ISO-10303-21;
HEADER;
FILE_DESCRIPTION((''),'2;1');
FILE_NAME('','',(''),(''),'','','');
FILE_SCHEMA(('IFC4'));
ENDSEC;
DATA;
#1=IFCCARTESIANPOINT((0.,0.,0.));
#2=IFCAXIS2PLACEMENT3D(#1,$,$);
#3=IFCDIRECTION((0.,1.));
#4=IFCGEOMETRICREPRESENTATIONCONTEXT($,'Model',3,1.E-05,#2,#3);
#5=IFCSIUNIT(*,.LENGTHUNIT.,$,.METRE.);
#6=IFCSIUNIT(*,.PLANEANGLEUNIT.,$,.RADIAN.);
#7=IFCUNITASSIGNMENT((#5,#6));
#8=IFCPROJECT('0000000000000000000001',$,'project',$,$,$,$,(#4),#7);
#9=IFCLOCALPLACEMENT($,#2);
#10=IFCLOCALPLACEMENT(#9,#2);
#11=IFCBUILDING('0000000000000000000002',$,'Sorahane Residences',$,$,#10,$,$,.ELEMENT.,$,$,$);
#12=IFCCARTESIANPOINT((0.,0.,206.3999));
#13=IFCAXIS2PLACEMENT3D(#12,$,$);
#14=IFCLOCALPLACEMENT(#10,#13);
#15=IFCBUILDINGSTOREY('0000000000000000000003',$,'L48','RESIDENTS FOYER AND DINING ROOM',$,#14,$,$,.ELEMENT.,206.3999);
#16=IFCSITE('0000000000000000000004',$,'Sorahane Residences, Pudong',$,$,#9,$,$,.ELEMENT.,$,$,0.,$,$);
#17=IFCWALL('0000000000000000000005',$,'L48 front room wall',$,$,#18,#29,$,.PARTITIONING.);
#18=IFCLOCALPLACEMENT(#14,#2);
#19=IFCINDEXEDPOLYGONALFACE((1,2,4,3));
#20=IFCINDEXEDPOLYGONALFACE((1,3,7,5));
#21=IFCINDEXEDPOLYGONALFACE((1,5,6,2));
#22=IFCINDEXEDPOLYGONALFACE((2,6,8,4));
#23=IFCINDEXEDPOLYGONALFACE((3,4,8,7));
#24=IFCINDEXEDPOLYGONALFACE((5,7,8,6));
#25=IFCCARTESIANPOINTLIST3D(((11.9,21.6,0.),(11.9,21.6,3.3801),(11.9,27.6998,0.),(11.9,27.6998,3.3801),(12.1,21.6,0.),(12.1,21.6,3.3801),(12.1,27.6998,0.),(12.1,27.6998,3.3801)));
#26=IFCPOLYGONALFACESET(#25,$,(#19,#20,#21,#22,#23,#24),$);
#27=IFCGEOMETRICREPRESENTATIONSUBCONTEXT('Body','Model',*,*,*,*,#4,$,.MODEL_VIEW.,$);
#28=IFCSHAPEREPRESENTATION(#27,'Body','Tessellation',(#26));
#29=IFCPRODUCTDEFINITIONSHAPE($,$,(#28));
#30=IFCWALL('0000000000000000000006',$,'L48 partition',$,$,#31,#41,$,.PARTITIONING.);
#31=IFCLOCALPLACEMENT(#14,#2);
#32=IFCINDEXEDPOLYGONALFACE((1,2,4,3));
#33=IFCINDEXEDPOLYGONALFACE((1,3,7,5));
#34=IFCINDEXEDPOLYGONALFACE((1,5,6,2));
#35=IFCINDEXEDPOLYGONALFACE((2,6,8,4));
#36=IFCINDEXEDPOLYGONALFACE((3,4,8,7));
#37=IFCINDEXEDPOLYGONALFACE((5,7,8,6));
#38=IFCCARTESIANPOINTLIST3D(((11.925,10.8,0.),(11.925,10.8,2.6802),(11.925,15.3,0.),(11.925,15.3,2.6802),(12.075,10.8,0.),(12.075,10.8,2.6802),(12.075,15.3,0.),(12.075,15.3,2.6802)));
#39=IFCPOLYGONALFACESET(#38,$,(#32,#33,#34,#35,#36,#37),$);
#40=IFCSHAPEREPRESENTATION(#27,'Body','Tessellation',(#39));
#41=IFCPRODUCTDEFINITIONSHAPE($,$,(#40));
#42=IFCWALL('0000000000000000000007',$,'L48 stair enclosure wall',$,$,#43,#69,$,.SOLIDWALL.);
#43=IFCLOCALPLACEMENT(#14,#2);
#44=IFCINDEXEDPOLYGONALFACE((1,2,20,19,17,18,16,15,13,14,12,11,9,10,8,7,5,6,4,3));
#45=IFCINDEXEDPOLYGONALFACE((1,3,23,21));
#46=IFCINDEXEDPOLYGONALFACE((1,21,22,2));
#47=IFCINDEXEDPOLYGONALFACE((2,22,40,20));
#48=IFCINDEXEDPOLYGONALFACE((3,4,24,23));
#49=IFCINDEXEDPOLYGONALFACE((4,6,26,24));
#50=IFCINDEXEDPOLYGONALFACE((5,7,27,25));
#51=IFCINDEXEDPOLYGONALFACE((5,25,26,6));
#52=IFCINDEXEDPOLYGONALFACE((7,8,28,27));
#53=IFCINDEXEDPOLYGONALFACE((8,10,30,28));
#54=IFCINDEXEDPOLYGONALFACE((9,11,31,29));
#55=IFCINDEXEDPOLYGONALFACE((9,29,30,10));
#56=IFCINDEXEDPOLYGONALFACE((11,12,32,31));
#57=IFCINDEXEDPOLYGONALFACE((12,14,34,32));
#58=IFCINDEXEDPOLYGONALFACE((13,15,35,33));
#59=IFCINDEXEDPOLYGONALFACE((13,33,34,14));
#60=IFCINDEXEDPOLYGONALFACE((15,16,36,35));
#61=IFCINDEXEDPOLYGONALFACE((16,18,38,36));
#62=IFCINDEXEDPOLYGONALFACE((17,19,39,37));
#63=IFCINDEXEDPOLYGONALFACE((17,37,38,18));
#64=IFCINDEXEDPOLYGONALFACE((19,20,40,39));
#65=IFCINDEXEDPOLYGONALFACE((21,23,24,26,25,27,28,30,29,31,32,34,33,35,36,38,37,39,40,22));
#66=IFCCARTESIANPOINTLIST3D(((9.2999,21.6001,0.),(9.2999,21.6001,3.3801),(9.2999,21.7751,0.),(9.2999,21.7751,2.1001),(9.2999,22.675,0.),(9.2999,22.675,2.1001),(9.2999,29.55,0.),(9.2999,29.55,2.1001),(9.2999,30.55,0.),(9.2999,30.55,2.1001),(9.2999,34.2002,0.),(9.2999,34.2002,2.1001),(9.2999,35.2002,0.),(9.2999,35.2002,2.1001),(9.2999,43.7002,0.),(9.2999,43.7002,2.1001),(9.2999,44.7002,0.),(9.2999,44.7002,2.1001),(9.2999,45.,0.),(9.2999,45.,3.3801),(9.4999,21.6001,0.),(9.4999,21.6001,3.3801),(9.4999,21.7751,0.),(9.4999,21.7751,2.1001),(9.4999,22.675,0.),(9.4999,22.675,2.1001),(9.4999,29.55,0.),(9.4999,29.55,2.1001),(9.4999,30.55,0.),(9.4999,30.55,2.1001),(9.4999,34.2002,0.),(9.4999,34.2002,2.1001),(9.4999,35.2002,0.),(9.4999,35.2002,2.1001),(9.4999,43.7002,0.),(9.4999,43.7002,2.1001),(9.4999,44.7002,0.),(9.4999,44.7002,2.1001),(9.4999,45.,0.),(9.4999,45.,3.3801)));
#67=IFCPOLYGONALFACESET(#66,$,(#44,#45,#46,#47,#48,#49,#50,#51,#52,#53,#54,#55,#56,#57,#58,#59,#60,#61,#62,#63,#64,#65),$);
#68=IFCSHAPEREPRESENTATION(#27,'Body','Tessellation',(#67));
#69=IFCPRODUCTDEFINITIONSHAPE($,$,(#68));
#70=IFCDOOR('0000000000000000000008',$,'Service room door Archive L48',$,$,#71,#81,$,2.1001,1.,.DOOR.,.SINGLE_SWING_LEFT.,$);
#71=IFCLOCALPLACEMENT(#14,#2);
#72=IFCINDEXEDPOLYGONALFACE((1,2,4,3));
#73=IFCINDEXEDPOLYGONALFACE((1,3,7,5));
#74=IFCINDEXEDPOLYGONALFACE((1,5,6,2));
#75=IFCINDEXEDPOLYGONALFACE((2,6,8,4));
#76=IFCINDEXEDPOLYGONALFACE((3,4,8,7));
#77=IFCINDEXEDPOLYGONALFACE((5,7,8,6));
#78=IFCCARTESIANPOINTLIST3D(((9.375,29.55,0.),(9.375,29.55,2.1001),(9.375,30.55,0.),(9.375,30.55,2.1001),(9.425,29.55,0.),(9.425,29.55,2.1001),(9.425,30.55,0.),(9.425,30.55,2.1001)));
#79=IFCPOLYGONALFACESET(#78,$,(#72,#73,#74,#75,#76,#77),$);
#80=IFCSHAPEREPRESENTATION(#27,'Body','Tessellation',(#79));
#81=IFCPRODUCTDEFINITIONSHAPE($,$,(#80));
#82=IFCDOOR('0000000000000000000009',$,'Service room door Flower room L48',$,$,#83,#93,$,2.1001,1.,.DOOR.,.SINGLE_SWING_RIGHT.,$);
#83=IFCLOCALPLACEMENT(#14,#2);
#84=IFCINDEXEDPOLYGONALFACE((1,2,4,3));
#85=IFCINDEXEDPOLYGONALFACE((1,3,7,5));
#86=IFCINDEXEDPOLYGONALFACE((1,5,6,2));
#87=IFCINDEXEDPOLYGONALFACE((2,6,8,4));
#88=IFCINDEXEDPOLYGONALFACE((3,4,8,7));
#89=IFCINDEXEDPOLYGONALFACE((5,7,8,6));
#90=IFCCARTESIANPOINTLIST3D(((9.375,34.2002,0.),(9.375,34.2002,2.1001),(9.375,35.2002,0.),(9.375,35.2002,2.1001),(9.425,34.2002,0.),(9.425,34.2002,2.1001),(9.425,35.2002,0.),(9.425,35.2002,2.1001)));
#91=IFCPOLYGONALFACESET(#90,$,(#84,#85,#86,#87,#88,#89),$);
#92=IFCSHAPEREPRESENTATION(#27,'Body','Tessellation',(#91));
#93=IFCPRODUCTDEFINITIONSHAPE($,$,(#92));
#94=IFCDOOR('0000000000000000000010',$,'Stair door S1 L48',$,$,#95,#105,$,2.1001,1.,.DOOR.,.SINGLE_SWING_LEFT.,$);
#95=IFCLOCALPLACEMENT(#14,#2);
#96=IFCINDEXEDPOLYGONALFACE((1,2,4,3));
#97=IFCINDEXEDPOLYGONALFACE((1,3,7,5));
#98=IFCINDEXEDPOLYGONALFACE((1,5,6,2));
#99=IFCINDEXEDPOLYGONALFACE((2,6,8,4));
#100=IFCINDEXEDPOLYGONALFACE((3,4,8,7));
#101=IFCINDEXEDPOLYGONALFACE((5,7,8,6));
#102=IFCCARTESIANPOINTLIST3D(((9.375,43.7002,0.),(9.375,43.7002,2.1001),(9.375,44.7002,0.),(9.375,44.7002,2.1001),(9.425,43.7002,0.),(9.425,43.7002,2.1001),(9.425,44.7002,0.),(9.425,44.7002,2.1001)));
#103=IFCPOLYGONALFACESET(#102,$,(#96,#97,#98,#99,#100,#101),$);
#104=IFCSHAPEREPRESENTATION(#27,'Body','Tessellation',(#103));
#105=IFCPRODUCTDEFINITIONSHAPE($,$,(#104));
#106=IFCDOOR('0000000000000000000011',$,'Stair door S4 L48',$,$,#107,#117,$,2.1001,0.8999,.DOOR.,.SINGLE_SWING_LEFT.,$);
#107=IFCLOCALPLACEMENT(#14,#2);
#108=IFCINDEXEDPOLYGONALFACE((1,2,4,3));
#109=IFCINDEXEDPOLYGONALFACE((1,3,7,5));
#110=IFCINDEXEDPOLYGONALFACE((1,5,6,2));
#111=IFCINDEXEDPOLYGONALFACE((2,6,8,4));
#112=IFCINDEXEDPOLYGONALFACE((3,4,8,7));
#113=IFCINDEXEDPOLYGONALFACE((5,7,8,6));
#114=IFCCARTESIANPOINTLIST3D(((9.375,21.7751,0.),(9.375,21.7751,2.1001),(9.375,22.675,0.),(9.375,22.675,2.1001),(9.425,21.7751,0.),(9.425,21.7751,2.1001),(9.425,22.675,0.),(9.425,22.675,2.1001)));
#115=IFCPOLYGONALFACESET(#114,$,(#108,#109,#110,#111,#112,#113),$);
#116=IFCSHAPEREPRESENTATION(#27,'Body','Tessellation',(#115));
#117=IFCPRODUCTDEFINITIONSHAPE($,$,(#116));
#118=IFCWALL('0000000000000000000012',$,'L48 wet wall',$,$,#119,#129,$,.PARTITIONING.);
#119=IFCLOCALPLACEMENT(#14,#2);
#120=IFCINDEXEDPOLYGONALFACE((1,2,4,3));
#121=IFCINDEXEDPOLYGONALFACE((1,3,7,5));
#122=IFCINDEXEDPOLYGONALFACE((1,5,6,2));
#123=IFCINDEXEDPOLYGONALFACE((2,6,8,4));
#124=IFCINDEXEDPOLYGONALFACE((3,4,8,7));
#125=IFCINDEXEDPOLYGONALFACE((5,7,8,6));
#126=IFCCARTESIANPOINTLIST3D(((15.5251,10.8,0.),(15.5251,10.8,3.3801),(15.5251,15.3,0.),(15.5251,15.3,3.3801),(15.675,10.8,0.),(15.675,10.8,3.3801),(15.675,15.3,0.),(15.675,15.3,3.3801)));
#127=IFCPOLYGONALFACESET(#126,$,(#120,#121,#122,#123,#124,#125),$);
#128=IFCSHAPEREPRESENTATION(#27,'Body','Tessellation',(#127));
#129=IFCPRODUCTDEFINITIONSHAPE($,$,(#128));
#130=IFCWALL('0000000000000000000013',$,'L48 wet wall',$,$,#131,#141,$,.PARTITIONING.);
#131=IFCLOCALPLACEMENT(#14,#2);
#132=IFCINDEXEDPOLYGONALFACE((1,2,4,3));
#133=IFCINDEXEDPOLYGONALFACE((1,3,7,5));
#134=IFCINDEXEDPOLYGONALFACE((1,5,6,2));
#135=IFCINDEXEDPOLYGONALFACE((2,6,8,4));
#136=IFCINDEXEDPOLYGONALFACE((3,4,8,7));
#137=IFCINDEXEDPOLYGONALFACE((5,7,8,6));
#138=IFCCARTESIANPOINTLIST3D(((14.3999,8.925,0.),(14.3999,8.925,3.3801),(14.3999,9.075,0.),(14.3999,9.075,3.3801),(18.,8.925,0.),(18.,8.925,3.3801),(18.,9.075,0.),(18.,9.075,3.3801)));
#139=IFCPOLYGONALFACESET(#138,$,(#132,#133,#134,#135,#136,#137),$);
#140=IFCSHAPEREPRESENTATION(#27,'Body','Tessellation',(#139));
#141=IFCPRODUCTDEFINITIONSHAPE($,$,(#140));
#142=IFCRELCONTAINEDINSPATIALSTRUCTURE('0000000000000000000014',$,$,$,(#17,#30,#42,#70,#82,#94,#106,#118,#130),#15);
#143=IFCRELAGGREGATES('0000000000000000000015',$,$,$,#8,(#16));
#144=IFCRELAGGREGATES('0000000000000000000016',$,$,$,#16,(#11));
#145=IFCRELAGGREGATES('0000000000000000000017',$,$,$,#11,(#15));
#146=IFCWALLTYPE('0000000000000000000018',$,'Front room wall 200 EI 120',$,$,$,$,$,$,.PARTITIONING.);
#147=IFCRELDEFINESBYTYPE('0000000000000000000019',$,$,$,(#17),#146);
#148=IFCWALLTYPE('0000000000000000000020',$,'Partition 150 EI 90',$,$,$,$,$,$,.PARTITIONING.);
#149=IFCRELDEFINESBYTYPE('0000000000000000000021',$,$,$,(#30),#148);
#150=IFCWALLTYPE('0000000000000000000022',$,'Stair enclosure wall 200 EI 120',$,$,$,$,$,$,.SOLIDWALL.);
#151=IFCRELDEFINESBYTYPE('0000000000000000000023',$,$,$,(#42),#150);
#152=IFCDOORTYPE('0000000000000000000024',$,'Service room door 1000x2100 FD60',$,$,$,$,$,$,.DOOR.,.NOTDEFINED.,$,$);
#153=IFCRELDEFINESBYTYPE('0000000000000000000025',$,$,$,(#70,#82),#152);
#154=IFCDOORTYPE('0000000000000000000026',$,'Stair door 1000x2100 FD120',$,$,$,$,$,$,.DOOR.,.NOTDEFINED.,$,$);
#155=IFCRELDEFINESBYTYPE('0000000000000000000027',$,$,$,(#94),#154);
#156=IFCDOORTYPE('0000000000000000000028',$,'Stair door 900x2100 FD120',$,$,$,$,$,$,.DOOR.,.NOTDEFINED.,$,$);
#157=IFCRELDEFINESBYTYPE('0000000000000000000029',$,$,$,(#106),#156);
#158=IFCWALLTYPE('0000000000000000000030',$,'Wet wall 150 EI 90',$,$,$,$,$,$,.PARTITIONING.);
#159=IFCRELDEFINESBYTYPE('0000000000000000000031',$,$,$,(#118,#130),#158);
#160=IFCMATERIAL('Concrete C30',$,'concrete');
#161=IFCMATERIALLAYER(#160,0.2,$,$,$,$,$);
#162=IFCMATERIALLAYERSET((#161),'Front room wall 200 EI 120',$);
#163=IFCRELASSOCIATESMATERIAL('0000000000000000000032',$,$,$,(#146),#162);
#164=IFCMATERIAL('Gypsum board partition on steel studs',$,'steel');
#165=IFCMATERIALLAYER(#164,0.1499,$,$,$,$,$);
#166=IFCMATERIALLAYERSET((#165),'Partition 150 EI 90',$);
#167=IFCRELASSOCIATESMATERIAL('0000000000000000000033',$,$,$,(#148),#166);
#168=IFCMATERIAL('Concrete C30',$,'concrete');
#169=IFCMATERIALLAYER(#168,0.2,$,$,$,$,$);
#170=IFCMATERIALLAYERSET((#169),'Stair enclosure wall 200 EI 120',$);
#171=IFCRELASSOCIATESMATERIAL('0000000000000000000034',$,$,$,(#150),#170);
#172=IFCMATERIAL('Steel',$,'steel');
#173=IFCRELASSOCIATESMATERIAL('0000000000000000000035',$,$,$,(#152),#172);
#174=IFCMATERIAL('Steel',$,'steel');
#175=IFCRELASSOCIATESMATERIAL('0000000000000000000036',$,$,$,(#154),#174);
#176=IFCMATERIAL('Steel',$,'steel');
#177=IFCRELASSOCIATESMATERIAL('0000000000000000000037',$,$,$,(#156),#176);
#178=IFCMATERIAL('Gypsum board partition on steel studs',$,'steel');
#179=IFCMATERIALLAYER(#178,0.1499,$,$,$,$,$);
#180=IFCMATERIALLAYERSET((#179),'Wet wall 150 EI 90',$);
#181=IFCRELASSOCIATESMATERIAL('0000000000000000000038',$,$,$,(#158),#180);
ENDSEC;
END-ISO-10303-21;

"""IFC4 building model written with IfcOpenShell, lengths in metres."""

from ifc_helpers import new_model, si_unit, direction, frame, frame_2d, origin, place, context, subcontext, project, spatial, rectangle, extrude, material, layer, layer_set, type_object, element, fill, save


model = new_model("IFC4")

# Units and contexts
model_context = context("Model", 3, precision=1e-05, world=origin(), true_north=direction((0.0, 1.0)))
body_context = subcontext(model_context, "Body", "Model", "MODEL_VIEW")
ifc_project = project(units=[si_unit("LENGTHUNIT", "METRE"), si_unit("PLANEANGLEUNIT", "RADIAN")], contexts=[model_context])

# Site, building, storey
site_placement = place(None, origin())
site = spatial("IfcSite", under=ifc_project, at=site_placement, Name="Sorahane Residences, Pudong", CompositionType="ELEMENT", RefElevation=0.0)
building_placement = place(site_placement, origin())
building = spatial("IfcBuilding", under=site, at=building_placement, Name="Sorahane Residences", CompositionType="ELEMENT")
storey_placement = place(building_placement, frame((0.0, 0.0, 206.3999)))
storey = spatial("IfcBuildingStorey", under=building, at=storey_placement, Name="L48", Description="RESIDENTS FOYER AND DINING ROOM", CompositionType="ELEMENT", Elevation=206.3999)

# Walls
ifc_material_1 = material(Name="Concrete C30", Category="concrete")
ifc_layer_1 = layer(ifc_material_1, 0.2)
ifc_layer_set_1 = layer_set([ifc_layer_1], Name="Front room wall 200 EI 120")
wall_type_1 = type_object("IfcWallType", Name="Front room wall 200 EI 120", PredefinedType="PARTITIONING", material=ifc_layer_set_1)
wall_1_placement = place(storey_placement, frame((12.0, 21.6001, 0.0), z_axis=(0.0, 0.0, 1.0), x_axis=(0.0, 1.0, 0.0)))
element("IfcWall", 1, at=wall_1_placement, inside=storey, type_object=wall_type_1, Name="L48 front room wall", PredefinedType="PARTITIONING", context=body_context, shape_type="SweptSolid", body=[
    extrude(rectangle(XDim=6.0999, YDim=0.2, at=frame_2d((3.0498, 0.0))), origin(), (0.0, 0.0, 1.0), 3.3801),
])
ifc_material_2 = material(Name="Gypsum board partition on steel studs", Category="steel")
ifc_layer_2 = layer(ifc_material_2, 0.1499)
ifc_layer_set_2 = layer_set([ifc_layer_2], Name="Partition 150 EI 90")
wall_type_2 = type_object("IfcWallType", Name="Partition 150 EI 90", PredefinedType="PARTITIONING", material=ifc_layer_set_2)
wall_2_placement = place(storey_placement, frame((12.0, 10.8, 0.0), z_axis=(0.0, 0.0, 1.0), x_axis=(0.0, 1.0, 0.0)))
element("IfcWall", 2, at=wall_2_placement, inside=storey, type_object=wall_type_2, Name="L48 partition", PredefinedType="PARTITIONING", context=body_context, shape_type="SweptSolid", body=[
    extrude(rectangle(XDim=4.5, YDim=0.1499, at=frame_2d((2.25, 0.0))), origin(), (0.0, 0.0, 1.0), 2.6802),
])

# Wall, openings, doors
ifc_material_3 = material(Name="Concrete C30", Category="concrete")
ifc_layer_3 = layer(ifc_material_3, 0.2)
ifc_layer_set_3 = layer_set([ifc_layer_3], Name="Stair enclosure wall 200 EI 120")
wall_type_3 = type_object("IfcWallType", Name="Stair enclosure wall 200 EI 120", PredefinedType="SOLIDWALL", material=ifc_layer_set_3)
wall_3_placement = place(storey_placement, frame((9.3999, 21.6001, 0.0), z_axis=(0.0, 0.0, 1.0), x_axis=(0.0, 1.0, 0.0)))
wall_3 = element("IfcWall", 3, at=wall_3_placement, inside=storey, type_object=wall_type_3, Name="L48 stair enclosure wall", PredefinedType="SOLIDWALL", context=body_context, shape_type="SweptSolid", body=[
    extrude(rectangle(XDim=23.3999, YDim=0.2, at=frame_2d((11.7, 0.0))), origin(), (0.0, 0.0, 1.0), 3.3801),
])
opening_1_placement = place(wall_3_placement, frame((7.95, 0.0, 0.0)))
opening_1 = element("IfcOpeningElement", 4, at=opening_1_placement, cuts=wall_3, PredefinedType="OPENING", context=body_context, shape_type="SweptSolid", body=[
    extrude(rectangle(XDim=1.0, YDim=2.1001, at=frame_2d((0.5, 1.05))), frame((0.0, 0.1099, 0.0), z_axis=(0.0, -1.0, 0.0), x_axis=(1.0, 0.0, 0.0)), (0.0, 0.0, 1.0), 0.22),
])
opening_2_placement = place(wall_3_placement, frame((12.6001, 0.0, 0.0)))
opening_2 = element("IfcOpeningElement", 5, at=opening_2_placement, cuts=wall_3, PredefinedType="OPENING", context=body_context, shape_type="SweptSolid", body=[
    extrude(rectangle(XDim=1.0, YDim=2.1001, at=frame_2d((0.5, 1.05))), frame((0.0, 0.1099, 0.0), z_axis=(0.0, -1.0, 0.0), x_axis=(1.0, 0.0, 0.0)), (0.0, 0.0, 1.0), 0.22),
])
opening_3_placement = place(wall_3_placement, frame((22.1001, 0.0, 0.0)))
opening_3 = element("IfcOpeningElement", 6, at=opening_3_placement, cuts=wall_3, PredefinedType="OPENING", context=body_context, shape_type="SweptSolid", body=[
    extrude(rectangle(XDim=1.0, YDim=2.1001, at=frame_2d((0.5, 1.05))), frame((0.0, 0.1099, 0.0), z_axis=(0.0, -1.0, 0.0), x_axis=(1.0, 0.0, 0.0)), (0.0, 0.0, 1.0), 0.22),
])
opening_4_placement = place(wall_3_placement, frame((0.175, 0.0, 0.0)))
opening_4 = element("IfcOpeningElement", 7, at=opening_4_placement, cuts=wall_3, PredefinedType="OPENING", context=body_context, shape_type="SweptSolid", body=[
    extrude(rectangle(XDim=0.8999, YDim=2.1001, at=frame_2d((0.45, 1.05))), frame((0.0, 0.1099, 0.0), z_axis=(0.0, -1.0, 0.0), x_axis=(1.0, 0.0, 0.0)), (0.0, 0.0, 1.0), 0.22),
])
ifc_material_4 = material(Name="Steel", Category="steel")
door_type_1 = type_object("IfcDoorType", Name="Service room door 1000x2100 FD60", OperationType="NOTDEFINED", PredefinedType="DOOR", material=ifc_material_4)
door_1_placement = place(opening_1_placement, origin())
door_1 = element("IfcDoor", 8, at=door_1_placement, inside=storey, type_object=door_type_1, Name="Service room door Archive L48", OperationType="SINGLE_SWING_LEFT", OverallHeight=2.1001, OverallWidth=1.0, PredefinedType="DOOR", context=body_context, shape_type="SweptSolid", body=[
    extrude(rectangle(XDim=1.0, YDim=2.1001, at=frame_2d((0.5, 1.05))), frame((0.0, 0.0249, 0.0), z_axis=(0.0, -1.0, 0.0), x_axis=(1.0, 0.0, 0.0)), (0.0, 0.0, 1.0), 0.05),
])
fill(opening_1, door_1)
door_2_placement = place(opening_2_placement, origin())
door_2 = element("IfcDoor", 9, at=door_2_placement, inside=storey, type_object=door_type_1, Name="Service room door Flower room L48", OperationType="SINGLE_SWING_RIGHT", OverallHeight=2.1001, OverallWidth=1.0, PredefinedType="DOOR", context=body_context, shape_type="SweptSolid", body=[
    extrude(rectangle(XDim=1.0, YDim=2.1001, at=frame_2d((0.5, 1.05))), frame((0.0, 0.0249, 0.0), z_axis=(0.0, -1.0, 0.0), x_axis=(1.0, 0.0, 0.0)), (0.0, 0.0, 1.0), 0.05),
])
fill(opening_2, door_2)
ifc_material_5 = material(Name="Steel", Category="steel")
door_type_2 = type_object("IfcDoorType", Name="Stair door 1000x2100 FD120", OperationType="NOTDEFINED", PredefinedType="DOOR", material=ifc_material_5)
door_3_placement = place(opening_3_placement, origin())
door_3 = element("IfcDoor", 10, at=door_3_placement, inside=storey, type_object=door_type_2, Name="Stair door S1 L48", OperationType="SINGLE_SWING_LEFT", OverallHeight=2.1001, OverallWidth=1.0, PredefinedType="DOOR", context=body_context, shape_type="SweptSolid", body=[
    extrude(rectangle(XDim=1.0, YDim=2.1001, at=frame_2d((0.5, 1.05))), frame((0.0, 0.0249, 0.0), z_axis=(0.0, -1.0, 0.0), x_axis=(1.0, 0.0, 0.0)), (0.0, 0.0, 1.0), 0.05),
])
fill(opening_3, door_3)
ifc_material_6 = material(Name="Steel", Category="steel")
door_type_3 = type_object("IfcDoorType", Name="Stair door 900x2100 FD120", OperationType="NOTDEFINED", PredefinedType="DOOR", material=ifc_material_6)
door_4_placement = place(opening_4_placement, origin())
door_4 = element("IfcDoor", 11, at=door_4_placement, inside=storey, type_object=door_type_3, Name="Stair door S4 L48", OperationType="SINGLE_SWING_LEFT", OverallHeight=2.1001, OverallWidth=0.8999, PredefinedType="DOOR", context=body_context, shape_type="SweptSolid", body=[
    extrude(rectangle(XDim=0.8999, YDim=2.1001, at=frame_2d((0.45, 1.05))), frame((0.0, 0.0249, 0.0), z_axis=(0.0, -1.0, 0.0), x_axis=(1.0, 0.0, 0.0)), (0.0, 0.0, 1.0), 0.05),
])
fill(opening_4, door_4)

# Wall
ifc_material_7 = material(Name="Gypsum board partition on steel studs", Category="steel")
ifc_layer_4 = layer(ifc_material_7, 0.1499)
ifc_layer_set_4 = layer_set([ifc_layer_4], Name="Wet wall 150 EI 90")
wall_type_4 = type_object("IfcWallType", Name="Wet wall 150 EI 90", PredefinedType="PARTITIONING", material=ifc_layer_set_4)
wall_4_placement = place(storey_placement, frame((15.6001, 10.8, 0.0), z_axis=(0.0, 0.0, 1.0), x_axis=(0.0, 1.0, 0.0)))
element("IfcWall", 12, at=wall_4_placement, inside=storey, type_object=wall_type_4, Name="L48 wet wall", PredefinedType="PARTITIONING", context=body_context, shape_type="SweptSolid", body=[
    extrude(rectangle(XDim=4.5, YDim=0.1499, at=frame_2d((2.25, 0.0))), origin(), (0.0, 0.0, 1.0), 3.3801),
])

# Wall
wall_5_placement = place(storey_placement, frame((14.3999, 9.0, 0.0), z_axis=(0.0, 0.0, 1.0), x_axis=(1.0, 0.0, 0.0)))
element("IfcWall", 13, at=wall_5_placement, inside=storey, type_object=wall_type_4, Name="L48 wet wall", PredefinedType="PARTITIONING", context=body_context, shape_type="SweptSolid", body=[
    extrude(rectangle(XDim=3.6001, YDim=0.1499, at=frame_2d((1.8, 0.0))), origin(), (0.0, 0.0, 1.0), 3.3801),
])

save(model, "model.ifc")
